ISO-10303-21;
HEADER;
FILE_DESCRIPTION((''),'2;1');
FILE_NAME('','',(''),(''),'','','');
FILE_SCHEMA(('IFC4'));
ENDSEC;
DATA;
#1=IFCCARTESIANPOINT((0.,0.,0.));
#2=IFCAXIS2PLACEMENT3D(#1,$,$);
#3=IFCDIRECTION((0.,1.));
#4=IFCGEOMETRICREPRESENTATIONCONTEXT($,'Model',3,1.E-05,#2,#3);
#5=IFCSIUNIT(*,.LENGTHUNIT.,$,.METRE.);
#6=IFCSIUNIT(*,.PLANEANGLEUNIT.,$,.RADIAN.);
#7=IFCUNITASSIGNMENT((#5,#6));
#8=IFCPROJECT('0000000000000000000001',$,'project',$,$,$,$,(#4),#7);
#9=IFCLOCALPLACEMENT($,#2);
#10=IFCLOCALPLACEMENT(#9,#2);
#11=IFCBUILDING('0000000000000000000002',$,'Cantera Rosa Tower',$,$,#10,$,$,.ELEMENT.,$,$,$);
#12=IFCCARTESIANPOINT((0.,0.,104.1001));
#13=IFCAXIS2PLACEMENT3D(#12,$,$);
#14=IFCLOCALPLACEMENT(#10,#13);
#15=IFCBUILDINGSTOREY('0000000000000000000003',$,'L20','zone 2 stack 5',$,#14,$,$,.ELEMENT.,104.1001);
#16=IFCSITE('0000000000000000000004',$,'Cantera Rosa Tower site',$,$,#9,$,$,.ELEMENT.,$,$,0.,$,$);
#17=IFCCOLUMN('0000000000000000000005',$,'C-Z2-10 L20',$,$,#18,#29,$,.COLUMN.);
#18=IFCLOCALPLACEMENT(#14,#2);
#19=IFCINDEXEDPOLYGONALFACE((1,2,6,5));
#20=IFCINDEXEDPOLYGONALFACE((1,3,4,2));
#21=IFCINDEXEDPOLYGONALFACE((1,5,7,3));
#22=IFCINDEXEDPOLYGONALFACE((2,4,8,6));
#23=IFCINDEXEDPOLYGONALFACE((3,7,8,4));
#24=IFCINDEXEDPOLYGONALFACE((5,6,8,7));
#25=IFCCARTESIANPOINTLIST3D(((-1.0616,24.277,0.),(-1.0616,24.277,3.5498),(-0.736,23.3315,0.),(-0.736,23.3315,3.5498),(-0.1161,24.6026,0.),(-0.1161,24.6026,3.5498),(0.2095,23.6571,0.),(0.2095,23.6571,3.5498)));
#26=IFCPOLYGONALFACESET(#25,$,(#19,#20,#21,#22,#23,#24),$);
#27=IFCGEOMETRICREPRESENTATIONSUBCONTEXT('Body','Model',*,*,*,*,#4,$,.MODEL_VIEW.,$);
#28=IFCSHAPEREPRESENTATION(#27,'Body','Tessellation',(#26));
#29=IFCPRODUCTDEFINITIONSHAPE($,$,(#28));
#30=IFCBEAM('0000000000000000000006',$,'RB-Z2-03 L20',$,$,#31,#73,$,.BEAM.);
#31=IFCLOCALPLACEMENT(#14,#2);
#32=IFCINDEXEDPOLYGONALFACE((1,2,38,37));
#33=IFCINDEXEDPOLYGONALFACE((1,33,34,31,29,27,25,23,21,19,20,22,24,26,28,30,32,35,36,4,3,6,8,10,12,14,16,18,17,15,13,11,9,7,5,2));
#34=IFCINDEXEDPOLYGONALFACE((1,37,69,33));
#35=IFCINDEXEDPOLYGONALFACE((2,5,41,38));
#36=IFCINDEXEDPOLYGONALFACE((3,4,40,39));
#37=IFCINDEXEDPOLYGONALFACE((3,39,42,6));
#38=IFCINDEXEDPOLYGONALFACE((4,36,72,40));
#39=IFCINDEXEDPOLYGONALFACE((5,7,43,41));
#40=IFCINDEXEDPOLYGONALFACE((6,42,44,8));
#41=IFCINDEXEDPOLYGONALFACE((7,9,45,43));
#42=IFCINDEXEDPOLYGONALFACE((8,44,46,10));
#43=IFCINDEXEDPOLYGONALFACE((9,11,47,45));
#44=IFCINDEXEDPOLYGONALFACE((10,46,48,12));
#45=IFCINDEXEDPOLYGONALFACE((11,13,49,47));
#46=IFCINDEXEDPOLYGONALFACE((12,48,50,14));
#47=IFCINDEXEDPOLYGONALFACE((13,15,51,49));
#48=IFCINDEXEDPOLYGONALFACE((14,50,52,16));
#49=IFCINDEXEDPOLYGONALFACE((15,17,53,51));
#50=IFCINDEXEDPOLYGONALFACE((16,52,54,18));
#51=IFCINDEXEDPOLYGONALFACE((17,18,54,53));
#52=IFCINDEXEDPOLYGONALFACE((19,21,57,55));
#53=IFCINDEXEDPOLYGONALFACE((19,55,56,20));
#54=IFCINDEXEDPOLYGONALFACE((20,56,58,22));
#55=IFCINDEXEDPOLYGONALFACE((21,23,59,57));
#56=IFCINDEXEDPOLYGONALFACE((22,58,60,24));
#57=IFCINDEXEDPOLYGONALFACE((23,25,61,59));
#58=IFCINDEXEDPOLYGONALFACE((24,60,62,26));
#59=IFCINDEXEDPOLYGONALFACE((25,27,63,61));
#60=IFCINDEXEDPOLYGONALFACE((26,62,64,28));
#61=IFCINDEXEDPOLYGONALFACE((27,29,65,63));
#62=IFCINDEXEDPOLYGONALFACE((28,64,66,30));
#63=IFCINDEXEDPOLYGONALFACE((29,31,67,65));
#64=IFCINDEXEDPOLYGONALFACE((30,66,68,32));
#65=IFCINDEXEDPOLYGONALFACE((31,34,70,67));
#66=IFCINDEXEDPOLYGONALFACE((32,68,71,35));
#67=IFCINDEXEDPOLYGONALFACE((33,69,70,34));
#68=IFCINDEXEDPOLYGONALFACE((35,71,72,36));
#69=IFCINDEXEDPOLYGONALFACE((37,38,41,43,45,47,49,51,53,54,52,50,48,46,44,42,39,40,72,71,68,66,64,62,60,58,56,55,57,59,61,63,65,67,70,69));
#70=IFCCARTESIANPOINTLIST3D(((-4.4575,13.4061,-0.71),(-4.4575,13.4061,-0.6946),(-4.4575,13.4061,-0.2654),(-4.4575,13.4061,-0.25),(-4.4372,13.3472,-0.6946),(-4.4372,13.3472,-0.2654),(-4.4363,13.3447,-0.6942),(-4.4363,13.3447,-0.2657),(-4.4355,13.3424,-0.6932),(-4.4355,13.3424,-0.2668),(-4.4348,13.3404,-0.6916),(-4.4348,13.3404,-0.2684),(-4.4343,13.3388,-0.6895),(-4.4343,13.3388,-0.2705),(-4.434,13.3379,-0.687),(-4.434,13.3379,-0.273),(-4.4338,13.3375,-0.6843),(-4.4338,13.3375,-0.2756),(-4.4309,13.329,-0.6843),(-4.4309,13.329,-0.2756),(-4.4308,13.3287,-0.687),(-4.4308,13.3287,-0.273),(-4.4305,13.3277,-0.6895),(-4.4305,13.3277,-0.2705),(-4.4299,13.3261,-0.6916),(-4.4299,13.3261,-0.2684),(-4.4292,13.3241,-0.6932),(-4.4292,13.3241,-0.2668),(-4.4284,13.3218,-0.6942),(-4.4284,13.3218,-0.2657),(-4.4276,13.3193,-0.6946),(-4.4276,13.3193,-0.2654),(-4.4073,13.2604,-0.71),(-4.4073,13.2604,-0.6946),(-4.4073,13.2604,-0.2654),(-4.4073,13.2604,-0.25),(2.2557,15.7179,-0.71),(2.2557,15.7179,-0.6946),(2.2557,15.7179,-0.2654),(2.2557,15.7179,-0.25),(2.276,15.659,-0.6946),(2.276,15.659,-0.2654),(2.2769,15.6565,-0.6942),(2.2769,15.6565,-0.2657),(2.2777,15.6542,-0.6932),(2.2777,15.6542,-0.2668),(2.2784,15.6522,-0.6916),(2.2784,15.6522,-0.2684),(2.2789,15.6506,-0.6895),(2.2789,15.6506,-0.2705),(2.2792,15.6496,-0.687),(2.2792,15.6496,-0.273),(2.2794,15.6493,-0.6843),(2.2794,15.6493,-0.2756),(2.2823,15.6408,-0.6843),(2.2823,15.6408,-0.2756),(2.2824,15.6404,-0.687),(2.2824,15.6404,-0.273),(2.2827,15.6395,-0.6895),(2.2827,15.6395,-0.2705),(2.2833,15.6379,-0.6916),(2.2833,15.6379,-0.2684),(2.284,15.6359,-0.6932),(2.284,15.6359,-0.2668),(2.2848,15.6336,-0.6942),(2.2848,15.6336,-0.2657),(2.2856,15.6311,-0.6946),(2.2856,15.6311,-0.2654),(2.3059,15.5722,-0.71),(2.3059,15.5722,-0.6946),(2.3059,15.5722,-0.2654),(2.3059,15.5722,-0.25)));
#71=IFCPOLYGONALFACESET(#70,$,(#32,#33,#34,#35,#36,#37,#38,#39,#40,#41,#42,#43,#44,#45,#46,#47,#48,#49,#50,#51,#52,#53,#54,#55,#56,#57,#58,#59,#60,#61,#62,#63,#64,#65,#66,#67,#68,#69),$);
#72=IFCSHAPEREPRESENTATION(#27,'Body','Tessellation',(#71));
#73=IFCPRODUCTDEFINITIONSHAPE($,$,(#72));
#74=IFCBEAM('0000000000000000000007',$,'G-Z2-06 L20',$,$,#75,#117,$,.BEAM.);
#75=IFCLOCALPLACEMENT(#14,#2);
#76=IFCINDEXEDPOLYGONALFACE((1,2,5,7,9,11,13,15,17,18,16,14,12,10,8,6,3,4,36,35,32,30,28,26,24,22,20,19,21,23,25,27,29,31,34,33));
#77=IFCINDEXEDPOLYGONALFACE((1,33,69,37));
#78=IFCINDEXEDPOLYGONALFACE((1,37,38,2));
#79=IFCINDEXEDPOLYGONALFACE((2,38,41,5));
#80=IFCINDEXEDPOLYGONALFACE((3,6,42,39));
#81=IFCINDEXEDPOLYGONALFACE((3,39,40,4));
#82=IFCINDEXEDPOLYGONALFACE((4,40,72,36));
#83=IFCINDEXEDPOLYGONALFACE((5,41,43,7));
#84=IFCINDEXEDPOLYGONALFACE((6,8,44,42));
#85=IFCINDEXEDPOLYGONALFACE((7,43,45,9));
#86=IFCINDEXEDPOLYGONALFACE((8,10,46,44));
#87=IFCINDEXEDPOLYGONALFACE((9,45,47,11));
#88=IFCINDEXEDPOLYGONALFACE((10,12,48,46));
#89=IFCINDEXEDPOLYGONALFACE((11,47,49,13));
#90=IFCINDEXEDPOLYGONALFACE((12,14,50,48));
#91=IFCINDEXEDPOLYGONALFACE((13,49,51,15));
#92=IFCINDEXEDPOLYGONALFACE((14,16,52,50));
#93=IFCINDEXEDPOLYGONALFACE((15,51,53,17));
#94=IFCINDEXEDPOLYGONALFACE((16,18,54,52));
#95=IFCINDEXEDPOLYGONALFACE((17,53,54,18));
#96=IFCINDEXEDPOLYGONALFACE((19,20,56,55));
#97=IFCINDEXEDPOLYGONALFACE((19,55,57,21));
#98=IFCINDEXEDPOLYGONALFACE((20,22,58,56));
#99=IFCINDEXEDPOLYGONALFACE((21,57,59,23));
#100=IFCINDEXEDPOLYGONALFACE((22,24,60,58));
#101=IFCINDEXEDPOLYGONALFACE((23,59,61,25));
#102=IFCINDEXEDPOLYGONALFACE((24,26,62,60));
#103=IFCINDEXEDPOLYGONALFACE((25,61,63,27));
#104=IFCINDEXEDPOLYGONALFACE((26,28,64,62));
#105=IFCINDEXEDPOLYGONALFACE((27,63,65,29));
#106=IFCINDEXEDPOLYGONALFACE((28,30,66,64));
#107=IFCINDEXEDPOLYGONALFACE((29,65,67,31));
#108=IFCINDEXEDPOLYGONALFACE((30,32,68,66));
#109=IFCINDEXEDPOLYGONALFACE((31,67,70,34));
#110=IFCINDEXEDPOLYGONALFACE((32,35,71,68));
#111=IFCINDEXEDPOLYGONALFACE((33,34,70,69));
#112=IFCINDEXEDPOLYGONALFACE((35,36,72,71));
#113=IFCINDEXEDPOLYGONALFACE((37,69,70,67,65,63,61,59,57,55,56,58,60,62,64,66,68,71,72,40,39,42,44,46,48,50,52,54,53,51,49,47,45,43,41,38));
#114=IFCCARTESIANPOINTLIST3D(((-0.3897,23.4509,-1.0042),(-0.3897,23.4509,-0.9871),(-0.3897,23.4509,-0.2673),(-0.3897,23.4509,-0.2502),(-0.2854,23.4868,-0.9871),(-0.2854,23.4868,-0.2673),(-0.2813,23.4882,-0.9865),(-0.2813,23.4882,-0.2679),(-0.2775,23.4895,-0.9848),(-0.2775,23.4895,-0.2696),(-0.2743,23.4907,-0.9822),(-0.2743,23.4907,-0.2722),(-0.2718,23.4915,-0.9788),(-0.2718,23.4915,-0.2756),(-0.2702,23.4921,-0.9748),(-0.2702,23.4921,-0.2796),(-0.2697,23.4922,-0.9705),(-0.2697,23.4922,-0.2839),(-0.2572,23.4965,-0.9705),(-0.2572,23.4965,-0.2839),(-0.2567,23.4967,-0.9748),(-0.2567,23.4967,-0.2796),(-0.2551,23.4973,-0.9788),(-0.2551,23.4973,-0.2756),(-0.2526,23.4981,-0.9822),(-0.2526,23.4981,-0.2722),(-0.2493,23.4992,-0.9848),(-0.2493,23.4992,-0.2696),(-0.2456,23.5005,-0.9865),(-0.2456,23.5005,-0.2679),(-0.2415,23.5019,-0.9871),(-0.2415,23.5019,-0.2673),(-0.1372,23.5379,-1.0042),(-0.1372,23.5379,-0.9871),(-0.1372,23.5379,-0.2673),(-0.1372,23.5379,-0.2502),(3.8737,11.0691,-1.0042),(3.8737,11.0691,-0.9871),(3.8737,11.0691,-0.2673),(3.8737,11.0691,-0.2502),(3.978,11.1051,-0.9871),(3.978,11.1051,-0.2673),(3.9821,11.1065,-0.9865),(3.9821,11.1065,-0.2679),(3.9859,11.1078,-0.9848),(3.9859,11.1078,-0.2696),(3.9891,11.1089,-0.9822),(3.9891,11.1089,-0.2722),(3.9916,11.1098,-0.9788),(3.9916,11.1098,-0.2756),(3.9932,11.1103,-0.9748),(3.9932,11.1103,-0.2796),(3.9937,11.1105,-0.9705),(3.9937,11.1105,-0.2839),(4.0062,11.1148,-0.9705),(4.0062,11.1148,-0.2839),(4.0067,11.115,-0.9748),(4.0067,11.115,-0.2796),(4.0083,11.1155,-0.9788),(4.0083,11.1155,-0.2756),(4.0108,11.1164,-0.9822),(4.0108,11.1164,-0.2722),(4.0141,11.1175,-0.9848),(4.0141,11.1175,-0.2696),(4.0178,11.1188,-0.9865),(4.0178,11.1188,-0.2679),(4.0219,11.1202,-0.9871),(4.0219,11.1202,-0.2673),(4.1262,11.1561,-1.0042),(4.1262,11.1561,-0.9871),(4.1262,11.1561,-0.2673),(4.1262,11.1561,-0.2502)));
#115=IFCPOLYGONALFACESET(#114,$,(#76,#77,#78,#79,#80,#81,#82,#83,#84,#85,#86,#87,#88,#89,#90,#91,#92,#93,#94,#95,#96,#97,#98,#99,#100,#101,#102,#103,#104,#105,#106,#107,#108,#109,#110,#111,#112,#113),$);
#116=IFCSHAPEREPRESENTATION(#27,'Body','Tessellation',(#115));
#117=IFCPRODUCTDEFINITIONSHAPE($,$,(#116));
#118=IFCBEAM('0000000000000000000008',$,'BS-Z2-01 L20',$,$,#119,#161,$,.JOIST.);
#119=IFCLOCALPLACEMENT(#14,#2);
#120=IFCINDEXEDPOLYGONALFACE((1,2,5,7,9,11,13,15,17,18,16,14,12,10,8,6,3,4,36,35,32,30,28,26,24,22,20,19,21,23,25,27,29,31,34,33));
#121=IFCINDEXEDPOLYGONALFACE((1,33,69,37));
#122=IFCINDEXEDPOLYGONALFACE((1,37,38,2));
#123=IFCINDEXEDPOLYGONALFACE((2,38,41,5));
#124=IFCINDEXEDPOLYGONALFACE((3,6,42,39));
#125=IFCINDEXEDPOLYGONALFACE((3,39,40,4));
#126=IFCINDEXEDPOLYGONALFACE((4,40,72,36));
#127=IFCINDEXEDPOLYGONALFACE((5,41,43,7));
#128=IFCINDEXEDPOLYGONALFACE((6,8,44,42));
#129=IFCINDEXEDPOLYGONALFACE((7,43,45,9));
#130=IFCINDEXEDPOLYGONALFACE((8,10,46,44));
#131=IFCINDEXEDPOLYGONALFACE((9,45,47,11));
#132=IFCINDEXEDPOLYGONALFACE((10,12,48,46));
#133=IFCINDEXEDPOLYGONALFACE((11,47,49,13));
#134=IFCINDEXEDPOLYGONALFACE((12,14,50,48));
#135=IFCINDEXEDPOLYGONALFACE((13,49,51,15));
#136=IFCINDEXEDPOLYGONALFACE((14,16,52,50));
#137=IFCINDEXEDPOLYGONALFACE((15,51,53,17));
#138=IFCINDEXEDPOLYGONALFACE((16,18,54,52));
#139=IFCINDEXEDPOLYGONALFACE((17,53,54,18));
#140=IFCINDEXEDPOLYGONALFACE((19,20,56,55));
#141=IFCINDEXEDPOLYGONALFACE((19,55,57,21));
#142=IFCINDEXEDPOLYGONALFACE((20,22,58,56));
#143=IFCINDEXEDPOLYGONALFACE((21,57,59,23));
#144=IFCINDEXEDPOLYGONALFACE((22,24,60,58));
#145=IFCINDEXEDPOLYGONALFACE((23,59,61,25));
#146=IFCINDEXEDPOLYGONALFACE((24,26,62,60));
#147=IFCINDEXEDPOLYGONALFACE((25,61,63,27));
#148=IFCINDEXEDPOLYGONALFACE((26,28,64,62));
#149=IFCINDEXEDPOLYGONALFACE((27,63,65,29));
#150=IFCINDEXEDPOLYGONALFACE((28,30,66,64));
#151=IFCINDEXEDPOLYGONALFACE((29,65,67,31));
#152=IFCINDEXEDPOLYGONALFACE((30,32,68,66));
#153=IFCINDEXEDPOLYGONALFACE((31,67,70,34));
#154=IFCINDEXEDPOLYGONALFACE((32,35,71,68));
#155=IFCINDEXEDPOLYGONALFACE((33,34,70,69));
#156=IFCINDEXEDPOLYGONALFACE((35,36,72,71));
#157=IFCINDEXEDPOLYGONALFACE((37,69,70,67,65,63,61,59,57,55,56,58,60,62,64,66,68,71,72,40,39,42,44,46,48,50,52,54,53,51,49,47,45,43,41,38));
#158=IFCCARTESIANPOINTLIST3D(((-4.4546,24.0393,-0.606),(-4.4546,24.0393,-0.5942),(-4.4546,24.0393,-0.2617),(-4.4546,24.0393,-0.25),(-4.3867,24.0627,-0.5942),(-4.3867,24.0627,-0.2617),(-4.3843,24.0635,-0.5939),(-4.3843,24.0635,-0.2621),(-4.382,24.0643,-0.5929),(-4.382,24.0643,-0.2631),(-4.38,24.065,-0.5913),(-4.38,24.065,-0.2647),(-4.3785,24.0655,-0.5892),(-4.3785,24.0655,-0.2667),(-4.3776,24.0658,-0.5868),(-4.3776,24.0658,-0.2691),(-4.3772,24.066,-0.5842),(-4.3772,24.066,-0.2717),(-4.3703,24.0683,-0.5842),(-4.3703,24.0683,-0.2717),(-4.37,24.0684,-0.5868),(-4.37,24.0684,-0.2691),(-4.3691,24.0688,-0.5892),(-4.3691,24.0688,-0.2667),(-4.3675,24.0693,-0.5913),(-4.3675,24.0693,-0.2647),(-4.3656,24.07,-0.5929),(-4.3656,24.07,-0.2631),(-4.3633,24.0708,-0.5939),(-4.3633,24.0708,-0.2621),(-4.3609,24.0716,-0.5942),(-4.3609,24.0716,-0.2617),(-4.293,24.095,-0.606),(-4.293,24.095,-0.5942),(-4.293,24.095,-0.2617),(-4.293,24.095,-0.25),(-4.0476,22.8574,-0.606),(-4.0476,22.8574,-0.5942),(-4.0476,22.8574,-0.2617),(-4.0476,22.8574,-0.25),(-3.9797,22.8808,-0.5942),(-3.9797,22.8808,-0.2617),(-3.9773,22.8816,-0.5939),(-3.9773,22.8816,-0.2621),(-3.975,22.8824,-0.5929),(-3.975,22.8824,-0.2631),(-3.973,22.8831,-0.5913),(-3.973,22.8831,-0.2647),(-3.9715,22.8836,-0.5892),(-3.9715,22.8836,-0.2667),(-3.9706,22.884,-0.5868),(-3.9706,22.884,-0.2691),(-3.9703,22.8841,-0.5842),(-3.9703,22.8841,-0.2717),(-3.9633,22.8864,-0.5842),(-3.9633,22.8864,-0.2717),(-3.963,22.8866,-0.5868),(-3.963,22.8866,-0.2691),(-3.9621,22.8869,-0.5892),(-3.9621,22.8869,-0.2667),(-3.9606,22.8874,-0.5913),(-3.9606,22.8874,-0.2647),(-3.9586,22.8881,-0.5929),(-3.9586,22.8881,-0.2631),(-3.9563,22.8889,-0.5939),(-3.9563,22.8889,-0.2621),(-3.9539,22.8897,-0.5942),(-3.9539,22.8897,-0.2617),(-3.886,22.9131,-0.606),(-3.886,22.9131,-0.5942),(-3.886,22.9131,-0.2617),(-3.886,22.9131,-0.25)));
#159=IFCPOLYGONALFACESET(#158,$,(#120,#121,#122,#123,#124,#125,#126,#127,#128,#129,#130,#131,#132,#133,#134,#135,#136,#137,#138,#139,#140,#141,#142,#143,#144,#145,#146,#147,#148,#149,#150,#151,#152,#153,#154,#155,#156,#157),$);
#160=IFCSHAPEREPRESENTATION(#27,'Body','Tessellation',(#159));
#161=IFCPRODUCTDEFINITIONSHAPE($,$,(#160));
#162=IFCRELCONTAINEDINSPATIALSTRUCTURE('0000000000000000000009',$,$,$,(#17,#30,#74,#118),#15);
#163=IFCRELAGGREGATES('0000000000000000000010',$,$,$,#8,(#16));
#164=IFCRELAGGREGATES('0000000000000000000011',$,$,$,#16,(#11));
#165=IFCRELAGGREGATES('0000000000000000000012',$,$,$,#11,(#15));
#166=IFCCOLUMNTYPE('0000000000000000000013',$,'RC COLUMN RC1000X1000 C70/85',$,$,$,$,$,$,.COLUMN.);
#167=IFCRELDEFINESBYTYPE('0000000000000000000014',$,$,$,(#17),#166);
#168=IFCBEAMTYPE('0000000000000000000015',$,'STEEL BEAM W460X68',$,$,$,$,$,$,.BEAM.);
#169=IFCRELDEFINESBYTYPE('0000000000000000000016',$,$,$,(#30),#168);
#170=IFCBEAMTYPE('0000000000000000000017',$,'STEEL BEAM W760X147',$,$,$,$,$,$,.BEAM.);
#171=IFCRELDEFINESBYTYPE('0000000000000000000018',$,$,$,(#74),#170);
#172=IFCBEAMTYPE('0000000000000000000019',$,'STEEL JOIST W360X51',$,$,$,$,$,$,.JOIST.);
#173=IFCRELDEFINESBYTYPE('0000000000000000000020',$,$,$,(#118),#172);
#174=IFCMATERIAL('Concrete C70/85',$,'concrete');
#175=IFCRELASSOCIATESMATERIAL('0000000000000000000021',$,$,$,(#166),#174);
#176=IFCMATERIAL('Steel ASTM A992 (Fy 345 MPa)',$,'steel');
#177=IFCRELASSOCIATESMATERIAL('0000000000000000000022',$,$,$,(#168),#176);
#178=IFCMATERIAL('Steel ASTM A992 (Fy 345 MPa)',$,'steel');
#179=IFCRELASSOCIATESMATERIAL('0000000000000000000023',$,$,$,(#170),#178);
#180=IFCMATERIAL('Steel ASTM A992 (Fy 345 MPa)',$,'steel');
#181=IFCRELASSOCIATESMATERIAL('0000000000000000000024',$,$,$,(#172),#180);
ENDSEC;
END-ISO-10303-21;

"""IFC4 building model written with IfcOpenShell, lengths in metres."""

from ifc_helpers import new_model, si_unit, direction, frame, origin, origin_2d, place, context, subcontext, project, spatial, rectangle, i_section, extrude, material, material_profile, profile_set, type_object, element, save


model = new_model("IFC4")

# Units and contexts
model_context = context("Model", 3, precision=1e-05, world=origin(), true_north=direction((0.0, 1.0)))
body_context = subcontext(model_context, "Body", "Model", "MODEL_VIEW")
ifc_project = project(units=[si_unit("LENGTHUNIT", "METRE"), si_unit("PLANEANGLEUNIT", "RADIAN")], contexts=[model_context])

# Site, building, storey
site_placement = place(None, origin())
site = spatial("IfcSite", under=ifc_project, at=site_placement, Name="Cantera Rosa Tower site", CompositionType="ELEMENT", RefElevation=0.0)
building_placement = place(site_placement, origin())
building = spatial("IfcBuilding", under=site, at=building_placement, Name="Cantera Rosa Tower", CompositionType="ELEMENT")
storey_placement = place(building_placement, frame((0.0, 0.0, 104.1001)))
storey = spatial("IfcBuildingStorey", under=building, at=storey_placement, Name="L20", Description="zone 2 stack 5", CompositionType="ELEMENT", Elevation=104.1001)

# Column
ifc_material_1 = material(Name="Concrete C70/85", Category="concrete")
ifc_material_profile_1 = material_profile(ifc_material_1, rectangle(XDim=1.0, YDim=1.0, at=origin_2d()), Name="RC COLUMN RC1000X1000 C70/85")
ifc_profile_set_1 = profile_set([ifc_material_profile_1], Name="Concrete C70/85")
column_type = type_object("IfcColumnType", Name="RC COLUMN RC1000X1000 C70/85", PredefinedType="COLUMN", material=ifc_profile_set_1)
column_placement = place(storey_placement, frame((-0.426, 23.967, 0.0), z_axis=(0.0, 0.0, 1.0), x_axis=(0.945519, 0.325568, 0.0)))
element("IfcColumn", 1, at=column_placement, inside=storey, type_object=column_type, Name="C-Z2-10 L20", PredefinedType="COLUMN", context=body_context, shape_type="SweptSolid", body=[
    extrude(rectangle(XDim=1.0, YDim=1.0, at=origin_2d()), origin(), (0.0, 0.0, 1.0), 3.5498),
])

# Beams
ifc_material_2 = material(Name="Steel ASTM A992 (Fy 345 MPa)", Category="steel")
ifc_material_profile_2 = material_profile(ifc_material_2, i_section(OverallWidth=0.1541, OverallDepth=0.46, WebThickness=0.009, FlangeThickness=0.0154, FilletRadius=0.0103, at=origin_2d()), Name="W460X68")
ifc_profile_set_2 = profile_set([ifc_material_profile_2], Name="Steel ASTM A992 (Fy 345 MPa)")
beam_type_1 = type_object("IfcBeamType", Name="STEEL BEAM W460X68", PredefinedType="BEAM", material=ifc_profile_set_2)
beam_1_placement = place(storey_placement, frame((-4.4324, 13.3333, -0.48), z_axis=(0.945508, 0.3256, 0.0), x_axis=(-0.3256, 0.945508, 0.0)))
element("IfcBeam", 2, at=beam_1_placement, inside=storey, type_object=beam_type_1, Name="RB-Z2-03 L20", PredefinedType="BEAM", context=body_context, shape_type="SweptSolid", body=[
    extrude(i_section(OverallWidth=0.1541, OverallDepth=0.46, WebThickness=0.009, FlangeThickness=0.0154, FilletRadius=0.0103, at=origin_2d()), origin(), (0.0, 0.0, 1.0), 7.1001),
])
ifc_material_3 = material(Name="Steel ASTM A992 (Fy 345 MPa)", Category="steel")
ifc_material_profile_3 = material_profile(ifc_material_3, i_section(OverallWidth=0.2671, OverallDepth=0.7539, WebThickness=0.0132, FlangeThickness=0.0171, FilletRadius=0.0166, at=origin_2d()), Name="W760X147")
ifc_profile_set_3 = profile_set([ifc_material_profile_3], Name="Steel ASTM A992 (Fy 345 MPa)")
beam_type_2 = type_object("IfcBeamType", Name="STEEL BEAM W760X147", PredefinedType="BEAM", material=ifc_profile_set_3)
beam_2_placement = place(storey_placement, frame((-0.2634, 23.4944, -0.6272), z_axis=(0.32557, -0.945518, 0.0), x_axis=(0.945518, 0.32557, 0.0)))
element("IfcBeam", 3, at=beam_2_placement, inside=storey, type_object=beam_type_2, Name="G-Z2-06 L20", PredefinedType="BEAM", context=body_context, shape_type="SweptSolid", body=[
    extrude(i_section(OverallWidth=0.2671, OverallDepth=0.7539, WebThickness=0.0132, FlangeThickness=0.0171, FilletRadius=0.0166, at=origin_2d()), origin(), (0.0, 0.0, 1.0), 13.0952),
])
ifc_material_4 = material(Name="Steel ASTM A992 (Fy 345 MPa)", Category="steel")
ifc_material_profile_4 = material_profile(ifc_material_4, i_section(OverallWidth=0.1709, OverallDepth=0.356, WebThickness=0.0073, FlangeThickness=0.0117, FilletRadius=0.01, at=origin_2d()), Name="W360X51")
ifc_profile_set_4 = profile_set([ifc_material_profile_4], Name="Steel ASTM A992 (Fy 345 MPa)")
beam_type_3 = type_object("IfcBeamType", Name="STEEL JOIST W360X51", PredefinedType="JOIST", material=ifc_profile_set_4)
beam_3_placement = place(storey_placement, frame((-3.9668, 22.8853, -0.428), z_axis=(-0.325587, 0.945512, 0.0), x_axis=(-0.945512, -0.325587, 0.0)))
element("IfcBeam", 4, at=beam_3_placement, inside=storey, type_object=beam_type_3, Name="BS-Z2-01 L20", PredefinedType="JOIST", context=body_context, shape_type="SweptSolid", body=[
    extrude(i_section(OverallWidth=0.1709, OverallDepth=0.356, WebThickness=0.0073, FlangeThickness=0.0117, FilletRadius=0.01, at=origin_2d()), origin(), (0.0, 0.0, 1.0), 1.25),
])

save(model, "model.ifc")
